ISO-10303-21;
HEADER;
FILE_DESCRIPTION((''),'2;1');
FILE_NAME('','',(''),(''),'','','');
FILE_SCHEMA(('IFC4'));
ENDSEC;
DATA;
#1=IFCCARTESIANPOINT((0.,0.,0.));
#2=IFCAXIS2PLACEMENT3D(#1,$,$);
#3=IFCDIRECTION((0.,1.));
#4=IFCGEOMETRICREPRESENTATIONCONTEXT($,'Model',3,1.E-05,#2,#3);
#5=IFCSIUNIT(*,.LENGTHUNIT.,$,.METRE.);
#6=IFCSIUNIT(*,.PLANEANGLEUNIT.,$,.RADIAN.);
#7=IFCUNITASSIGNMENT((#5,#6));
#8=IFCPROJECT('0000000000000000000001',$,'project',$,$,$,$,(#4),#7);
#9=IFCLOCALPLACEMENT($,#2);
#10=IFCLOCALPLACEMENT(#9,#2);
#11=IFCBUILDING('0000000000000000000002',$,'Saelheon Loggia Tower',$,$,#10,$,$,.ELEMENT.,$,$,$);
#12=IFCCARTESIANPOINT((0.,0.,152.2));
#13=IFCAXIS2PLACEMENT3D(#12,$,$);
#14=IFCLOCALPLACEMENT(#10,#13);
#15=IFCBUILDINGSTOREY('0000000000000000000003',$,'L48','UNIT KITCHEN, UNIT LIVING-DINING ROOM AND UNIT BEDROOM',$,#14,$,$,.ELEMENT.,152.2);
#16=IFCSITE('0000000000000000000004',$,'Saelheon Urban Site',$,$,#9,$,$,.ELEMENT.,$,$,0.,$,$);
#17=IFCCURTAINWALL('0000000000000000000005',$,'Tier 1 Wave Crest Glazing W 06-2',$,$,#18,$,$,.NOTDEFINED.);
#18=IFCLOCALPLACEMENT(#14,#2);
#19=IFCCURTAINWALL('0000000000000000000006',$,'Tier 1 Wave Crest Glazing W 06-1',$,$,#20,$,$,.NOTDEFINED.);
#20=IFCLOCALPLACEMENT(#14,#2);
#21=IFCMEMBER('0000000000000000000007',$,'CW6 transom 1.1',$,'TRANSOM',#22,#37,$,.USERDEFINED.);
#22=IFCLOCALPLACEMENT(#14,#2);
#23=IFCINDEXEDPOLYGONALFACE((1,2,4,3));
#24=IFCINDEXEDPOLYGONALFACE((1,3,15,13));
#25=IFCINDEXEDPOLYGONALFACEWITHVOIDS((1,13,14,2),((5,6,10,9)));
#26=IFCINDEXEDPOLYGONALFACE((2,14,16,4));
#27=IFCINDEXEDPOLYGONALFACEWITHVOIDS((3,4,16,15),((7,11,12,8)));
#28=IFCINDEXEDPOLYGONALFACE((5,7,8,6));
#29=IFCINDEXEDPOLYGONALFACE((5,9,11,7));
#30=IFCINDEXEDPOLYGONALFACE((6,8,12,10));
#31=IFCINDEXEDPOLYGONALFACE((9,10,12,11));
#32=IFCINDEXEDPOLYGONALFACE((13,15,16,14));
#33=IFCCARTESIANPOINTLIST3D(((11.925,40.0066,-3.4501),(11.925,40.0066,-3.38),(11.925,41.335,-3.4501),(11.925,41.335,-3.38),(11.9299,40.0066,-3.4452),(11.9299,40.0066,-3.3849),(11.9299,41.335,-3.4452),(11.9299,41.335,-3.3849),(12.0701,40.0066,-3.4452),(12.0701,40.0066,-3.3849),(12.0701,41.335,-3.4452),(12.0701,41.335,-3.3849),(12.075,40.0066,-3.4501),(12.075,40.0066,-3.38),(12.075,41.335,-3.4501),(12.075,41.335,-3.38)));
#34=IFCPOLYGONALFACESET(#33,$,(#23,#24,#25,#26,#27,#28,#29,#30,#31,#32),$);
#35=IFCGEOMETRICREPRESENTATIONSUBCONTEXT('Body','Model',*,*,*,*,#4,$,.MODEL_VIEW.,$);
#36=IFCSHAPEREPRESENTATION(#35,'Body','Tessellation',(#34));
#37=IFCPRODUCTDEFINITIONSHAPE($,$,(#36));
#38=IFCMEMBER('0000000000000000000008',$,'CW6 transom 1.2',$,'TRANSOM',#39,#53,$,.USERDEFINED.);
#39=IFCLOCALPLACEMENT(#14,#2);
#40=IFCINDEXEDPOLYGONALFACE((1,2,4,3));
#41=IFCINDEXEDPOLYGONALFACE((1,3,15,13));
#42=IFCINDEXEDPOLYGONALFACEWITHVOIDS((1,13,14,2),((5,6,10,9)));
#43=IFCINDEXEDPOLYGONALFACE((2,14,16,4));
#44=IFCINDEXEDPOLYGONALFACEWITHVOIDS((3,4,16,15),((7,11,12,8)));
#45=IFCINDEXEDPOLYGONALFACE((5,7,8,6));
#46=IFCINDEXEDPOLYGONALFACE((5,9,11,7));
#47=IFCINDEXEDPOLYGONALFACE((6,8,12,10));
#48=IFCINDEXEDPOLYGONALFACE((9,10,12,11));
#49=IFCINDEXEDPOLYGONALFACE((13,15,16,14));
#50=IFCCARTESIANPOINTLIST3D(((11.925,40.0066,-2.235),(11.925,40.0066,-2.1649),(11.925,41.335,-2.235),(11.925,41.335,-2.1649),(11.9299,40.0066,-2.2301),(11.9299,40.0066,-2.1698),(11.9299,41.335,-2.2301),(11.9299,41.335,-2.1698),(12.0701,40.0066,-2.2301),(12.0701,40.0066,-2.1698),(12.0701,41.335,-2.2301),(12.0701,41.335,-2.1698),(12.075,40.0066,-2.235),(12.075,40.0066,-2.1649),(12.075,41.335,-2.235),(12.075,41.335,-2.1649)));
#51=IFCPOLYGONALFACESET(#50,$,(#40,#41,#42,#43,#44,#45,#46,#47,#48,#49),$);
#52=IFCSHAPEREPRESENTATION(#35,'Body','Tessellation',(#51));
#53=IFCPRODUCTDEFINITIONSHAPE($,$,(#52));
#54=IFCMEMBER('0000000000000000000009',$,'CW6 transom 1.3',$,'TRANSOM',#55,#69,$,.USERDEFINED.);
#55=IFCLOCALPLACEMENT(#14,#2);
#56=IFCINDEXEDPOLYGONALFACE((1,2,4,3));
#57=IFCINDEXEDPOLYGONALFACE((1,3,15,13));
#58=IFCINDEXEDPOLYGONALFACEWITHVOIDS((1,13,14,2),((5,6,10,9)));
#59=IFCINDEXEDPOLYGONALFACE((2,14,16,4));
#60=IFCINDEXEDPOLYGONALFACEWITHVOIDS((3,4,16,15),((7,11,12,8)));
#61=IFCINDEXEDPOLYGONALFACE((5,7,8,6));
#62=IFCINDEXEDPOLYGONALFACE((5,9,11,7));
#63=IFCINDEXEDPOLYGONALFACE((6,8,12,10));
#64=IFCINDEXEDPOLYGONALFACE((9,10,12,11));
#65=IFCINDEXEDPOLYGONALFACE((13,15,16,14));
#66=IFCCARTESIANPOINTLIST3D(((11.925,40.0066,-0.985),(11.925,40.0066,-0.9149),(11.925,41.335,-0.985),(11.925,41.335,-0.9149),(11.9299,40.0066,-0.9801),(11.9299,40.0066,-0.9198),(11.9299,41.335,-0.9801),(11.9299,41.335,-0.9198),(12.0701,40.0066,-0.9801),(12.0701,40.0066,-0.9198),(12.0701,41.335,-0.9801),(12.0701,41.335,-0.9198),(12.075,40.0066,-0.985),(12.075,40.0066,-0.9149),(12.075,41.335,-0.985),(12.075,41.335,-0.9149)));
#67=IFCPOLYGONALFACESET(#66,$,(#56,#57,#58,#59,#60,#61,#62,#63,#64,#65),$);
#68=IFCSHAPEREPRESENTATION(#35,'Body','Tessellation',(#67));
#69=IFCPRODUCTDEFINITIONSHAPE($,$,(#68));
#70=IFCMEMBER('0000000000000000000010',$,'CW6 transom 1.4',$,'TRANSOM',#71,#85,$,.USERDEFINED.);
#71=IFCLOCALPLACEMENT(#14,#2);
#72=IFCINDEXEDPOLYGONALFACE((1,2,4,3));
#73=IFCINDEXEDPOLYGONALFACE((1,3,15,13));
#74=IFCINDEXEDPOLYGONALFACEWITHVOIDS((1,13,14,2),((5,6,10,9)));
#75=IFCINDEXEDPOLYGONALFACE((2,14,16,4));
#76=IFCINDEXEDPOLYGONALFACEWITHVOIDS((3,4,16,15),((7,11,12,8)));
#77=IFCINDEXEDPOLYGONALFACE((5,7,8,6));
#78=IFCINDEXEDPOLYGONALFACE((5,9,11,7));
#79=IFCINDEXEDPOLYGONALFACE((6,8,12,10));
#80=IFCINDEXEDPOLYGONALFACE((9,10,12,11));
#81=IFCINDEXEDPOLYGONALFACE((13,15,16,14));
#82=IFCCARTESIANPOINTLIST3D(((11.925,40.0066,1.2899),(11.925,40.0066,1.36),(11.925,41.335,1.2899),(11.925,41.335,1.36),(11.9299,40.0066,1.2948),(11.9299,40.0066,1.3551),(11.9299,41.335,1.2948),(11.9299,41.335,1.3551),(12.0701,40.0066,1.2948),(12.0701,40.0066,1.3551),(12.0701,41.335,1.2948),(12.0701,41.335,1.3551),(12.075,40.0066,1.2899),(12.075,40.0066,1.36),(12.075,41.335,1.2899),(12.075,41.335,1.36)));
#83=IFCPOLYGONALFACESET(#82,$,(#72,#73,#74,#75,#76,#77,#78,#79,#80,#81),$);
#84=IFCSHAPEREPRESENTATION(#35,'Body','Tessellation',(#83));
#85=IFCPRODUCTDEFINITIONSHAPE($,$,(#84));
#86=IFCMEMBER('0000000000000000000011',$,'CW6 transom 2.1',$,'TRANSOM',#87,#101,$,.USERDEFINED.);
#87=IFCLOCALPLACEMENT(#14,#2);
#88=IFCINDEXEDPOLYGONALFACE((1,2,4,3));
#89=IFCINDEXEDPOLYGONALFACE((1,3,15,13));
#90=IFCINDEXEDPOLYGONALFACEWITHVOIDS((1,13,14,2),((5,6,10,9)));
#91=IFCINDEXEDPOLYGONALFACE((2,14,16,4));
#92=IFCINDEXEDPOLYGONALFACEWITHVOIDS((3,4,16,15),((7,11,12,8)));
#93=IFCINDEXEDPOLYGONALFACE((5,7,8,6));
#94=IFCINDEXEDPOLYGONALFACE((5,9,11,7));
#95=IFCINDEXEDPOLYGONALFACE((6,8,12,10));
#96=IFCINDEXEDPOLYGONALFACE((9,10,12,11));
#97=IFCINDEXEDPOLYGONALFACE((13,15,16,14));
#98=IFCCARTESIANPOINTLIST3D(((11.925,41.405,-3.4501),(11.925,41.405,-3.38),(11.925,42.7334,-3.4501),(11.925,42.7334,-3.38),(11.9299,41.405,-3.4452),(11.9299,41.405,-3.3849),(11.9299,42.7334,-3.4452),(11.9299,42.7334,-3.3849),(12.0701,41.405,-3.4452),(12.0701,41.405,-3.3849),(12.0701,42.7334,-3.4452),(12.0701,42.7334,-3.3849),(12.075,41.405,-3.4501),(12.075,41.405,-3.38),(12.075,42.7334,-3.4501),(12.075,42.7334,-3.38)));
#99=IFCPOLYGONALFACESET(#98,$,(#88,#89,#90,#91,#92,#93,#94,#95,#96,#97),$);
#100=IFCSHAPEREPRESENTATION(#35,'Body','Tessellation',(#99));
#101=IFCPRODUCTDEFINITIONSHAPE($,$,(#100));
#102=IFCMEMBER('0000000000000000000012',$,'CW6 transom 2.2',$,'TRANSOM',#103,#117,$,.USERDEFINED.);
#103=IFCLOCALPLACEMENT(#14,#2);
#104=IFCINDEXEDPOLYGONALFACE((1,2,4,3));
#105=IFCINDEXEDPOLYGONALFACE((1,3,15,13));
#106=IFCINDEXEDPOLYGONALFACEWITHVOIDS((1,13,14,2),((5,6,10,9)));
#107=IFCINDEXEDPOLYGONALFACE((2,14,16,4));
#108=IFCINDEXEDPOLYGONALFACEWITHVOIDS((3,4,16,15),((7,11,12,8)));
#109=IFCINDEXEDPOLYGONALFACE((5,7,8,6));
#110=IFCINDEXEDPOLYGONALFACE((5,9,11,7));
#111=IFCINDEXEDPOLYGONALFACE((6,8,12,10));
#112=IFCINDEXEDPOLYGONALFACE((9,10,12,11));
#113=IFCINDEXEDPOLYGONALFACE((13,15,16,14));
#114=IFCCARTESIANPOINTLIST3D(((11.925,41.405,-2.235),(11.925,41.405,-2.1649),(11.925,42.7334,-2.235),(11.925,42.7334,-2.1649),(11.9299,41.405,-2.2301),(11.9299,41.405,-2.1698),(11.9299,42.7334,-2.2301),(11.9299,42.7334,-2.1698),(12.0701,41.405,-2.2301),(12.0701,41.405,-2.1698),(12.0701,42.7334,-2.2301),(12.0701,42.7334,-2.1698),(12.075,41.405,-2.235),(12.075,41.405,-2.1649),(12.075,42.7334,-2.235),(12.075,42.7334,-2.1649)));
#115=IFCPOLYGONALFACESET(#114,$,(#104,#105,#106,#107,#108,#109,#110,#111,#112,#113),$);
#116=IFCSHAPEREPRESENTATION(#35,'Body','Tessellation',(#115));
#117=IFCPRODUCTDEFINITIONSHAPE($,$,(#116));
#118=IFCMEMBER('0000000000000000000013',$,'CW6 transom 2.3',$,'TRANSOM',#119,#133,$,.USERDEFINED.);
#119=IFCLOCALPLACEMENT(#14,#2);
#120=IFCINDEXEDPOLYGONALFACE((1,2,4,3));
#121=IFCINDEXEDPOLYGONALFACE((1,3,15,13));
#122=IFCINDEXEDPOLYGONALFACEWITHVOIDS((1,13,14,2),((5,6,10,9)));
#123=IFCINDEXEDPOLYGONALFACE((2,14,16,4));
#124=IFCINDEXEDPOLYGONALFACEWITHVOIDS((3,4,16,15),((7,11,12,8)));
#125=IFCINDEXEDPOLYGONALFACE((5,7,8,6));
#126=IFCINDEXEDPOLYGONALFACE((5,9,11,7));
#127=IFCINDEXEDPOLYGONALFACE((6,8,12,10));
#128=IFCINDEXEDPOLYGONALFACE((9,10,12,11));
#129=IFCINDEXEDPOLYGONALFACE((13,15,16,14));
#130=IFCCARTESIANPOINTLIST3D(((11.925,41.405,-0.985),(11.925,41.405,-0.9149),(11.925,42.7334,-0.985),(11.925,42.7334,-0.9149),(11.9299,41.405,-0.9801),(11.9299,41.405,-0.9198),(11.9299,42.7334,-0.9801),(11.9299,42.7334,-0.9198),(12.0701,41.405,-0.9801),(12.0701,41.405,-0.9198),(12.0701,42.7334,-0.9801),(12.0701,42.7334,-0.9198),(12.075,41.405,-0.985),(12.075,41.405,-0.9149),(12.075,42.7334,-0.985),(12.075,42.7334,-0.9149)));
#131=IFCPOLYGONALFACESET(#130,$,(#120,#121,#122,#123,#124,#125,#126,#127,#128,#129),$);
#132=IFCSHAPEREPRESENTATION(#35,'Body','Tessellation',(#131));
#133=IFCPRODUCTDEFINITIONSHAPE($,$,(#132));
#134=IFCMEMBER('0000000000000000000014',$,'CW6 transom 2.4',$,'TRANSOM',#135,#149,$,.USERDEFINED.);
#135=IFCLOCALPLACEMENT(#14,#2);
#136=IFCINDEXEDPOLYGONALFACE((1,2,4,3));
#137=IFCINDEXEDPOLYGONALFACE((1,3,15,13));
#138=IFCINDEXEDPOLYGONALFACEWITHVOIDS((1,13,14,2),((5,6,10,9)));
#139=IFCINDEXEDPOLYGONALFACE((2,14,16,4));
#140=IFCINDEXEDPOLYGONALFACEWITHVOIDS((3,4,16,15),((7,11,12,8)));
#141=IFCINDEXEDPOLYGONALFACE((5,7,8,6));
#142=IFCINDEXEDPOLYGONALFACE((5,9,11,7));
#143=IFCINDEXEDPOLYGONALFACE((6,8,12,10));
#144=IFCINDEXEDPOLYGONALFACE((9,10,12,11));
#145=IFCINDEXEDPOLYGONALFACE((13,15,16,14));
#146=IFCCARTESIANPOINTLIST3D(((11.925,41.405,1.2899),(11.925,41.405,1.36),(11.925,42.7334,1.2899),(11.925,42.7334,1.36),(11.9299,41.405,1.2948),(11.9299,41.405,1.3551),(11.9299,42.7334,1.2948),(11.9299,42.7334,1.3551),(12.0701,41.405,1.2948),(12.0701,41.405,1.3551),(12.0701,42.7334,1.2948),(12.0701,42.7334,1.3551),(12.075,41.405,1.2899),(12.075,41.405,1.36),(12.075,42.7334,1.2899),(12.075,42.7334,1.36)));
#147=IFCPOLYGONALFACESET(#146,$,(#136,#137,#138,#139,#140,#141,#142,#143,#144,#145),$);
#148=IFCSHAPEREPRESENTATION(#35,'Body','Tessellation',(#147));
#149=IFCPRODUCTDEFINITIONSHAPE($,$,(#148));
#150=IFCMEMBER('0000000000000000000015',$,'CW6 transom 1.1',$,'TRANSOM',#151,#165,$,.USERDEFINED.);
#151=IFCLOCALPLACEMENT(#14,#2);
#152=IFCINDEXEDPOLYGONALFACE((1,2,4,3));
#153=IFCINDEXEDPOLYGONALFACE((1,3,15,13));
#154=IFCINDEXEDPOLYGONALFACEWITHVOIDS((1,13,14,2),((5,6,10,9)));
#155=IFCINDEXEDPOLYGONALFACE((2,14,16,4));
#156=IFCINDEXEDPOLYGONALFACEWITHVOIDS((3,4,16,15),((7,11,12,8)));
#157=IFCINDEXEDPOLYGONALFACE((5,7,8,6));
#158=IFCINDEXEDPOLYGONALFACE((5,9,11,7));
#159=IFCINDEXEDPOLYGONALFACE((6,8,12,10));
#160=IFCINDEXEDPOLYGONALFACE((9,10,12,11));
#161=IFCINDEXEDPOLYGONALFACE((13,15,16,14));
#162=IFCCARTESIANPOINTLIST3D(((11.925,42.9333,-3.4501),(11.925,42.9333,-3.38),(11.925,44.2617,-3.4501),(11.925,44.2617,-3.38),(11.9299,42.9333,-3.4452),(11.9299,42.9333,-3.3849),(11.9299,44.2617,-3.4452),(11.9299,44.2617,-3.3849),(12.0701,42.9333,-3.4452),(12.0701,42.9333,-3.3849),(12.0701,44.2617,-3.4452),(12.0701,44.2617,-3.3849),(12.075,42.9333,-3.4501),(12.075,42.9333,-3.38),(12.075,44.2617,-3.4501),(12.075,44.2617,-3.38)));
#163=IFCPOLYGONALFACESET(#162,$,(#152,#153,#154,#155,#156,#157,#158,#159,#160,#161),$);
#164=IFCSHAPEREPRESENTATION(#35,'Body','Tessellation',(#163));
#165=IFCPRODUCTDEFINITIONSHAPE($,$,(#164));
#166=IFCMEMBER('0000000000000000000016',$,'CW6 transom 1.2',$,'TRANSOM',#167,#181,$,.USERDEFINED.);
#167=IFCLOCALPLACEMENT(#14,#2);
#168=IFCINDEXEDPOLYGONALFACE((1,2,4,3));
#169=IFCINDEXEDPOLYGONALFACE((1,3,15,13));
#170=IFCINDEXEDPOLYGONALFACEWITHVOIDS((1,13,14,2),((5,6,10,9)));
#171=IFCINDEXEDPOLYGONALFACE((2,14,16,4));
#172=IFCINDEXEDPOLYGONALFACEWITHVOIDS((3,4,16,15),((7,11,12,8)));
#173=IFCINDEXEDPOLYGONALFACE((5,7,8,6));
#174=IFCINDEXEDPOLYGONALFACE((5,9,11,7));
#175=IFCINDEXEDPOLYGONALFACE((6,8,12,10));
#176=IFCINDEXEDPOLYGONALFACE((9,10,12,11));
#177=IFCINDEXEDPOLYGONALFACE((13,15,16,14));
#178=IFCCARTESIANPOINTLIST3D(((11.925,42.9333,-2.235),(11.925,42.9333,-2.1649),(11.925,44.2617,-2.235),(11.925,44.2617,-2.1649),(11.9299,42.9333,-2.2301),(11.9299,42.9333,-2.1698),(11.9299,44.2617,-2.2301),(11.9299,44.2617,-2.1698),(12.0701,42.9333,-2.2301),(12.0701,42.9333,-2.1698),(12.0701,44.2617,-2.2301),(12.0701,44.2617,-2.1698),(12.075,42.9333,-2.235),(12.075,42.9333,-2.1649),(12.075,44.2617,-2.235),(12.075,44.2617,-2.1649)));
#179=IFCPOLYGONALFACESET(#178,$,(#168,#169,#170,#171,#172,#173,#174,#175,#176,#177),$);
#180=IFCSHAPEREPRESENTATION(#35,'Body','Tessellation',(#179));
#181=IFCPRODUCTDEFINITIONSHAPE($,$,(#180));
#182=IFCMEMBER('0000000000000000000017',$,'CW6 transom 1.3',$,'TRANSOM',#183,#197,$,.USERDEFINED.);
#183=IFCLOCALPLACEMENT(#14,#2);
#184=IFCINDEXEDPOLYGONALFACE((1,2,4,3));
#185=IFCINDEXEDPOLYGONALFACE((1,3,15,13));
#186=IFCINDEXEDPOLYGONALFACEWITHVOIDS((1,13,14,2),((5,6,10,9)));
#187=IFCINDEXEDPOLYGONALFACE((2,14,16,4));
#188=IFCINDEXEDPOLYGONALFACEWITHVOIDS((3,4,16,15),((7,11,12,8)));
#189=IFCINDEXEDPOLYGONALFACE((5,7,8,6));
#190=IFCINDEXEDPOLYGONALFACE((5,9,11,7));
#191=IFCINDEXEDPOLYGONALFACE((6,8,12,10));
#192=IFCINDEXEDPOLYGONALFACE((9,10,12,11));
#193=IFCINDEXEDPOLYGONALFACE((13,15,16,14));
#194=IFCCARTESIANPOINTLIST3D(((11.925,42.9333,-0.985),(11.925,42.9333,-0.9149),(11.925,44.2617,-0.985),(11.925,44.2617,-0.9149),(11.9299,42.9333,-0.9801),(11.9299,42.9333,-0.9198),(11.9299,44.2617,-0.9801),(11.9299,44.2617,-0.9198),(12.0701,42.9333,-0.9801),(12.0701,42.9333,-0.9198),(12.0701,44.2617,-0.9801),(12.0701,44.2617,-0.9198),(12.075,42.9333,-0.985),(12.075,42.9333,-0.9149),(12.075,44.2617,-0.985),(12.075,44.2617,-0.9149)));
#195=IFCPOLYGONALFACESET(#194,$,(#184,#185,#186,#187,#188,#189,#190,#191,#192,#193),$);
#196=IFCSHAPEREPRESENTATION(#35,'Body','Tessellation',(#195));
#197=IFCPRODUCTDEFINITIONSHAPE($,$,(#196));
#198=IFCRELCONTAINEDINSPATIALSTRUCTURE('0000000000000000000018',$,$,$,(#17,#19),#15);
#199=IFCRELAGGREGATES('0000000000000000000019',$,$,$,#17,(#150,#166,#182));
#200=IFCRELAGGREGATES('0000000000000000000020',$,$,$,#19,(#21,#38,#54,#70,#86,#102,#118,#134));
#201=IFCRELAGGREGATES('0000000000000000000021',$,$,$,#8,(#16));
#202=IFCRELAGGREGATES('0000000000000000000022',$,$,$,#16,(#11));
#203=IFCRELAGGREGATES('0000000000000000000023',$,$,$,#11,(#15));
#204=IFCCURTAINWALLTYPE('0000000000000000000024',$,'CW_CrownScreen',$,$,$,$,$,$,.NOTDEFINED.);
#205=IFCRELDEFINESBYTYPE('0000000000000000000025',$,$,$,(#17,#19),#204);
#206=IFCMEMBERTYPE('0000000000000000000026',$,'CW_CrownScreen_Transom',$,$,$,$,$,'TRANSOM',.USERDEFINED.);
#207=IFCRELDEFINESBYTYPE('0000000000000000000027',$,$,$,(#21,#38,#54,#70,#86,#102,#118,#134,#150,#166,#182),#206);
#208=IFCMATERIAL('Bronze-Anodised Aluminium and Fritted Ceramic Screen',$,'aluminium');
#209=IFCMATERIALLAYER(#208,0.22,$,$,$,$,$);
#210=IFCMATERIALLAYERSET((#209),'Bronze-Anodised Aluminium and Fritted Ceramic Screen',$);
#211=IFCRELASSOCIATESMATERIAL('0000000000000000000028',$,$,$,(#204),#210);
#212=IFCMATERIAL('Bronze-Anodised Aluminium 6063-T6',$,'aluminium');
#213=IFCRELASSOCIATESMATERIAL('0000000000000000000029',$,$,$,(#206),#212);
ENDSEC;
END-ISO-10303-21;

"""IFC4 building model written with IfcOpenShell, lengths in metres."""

from ifc_helpers import new_model, si_unit, direction, frame, origin, origin_2d, place, context, subcontext, project, spatial, hollow_rectangle, extrude, source, transform, mapped, material, layer, layer_set, material_profile, profile_set, type_object, element, aggregate, save


model = new_model("IFC4")

# Units and contexts
model_context = context("Model", 3, precision=1e-05, world=origin(), true_north=direction((0.0, 1.0)))
body_context = subcontext(model_context, "Body", "Model", "MODEL_VIEW")
ifc_project = project(units=[si_unit("LENGTHUNIT", "METRE"), si_unit("PLANEANGLEUNIT", "RADIAN")], contexts=[model_context])

# Site, building, storey
site_placement = place(None, origin())
site = spatial("IfcSite", under=ifc_project, at=site_placement, Name="Saelheon Urban Site", CompositionType="ELEMENT", RefElevation=0.0)
building_placement = place(site_placement, origin())
building = spatial("IfcBuilding", under=site, at=building_placement, Name="Saelheon Loggia Tower", CompositionType="ELEMENT")
storey_placement = place(building_placement, frame((0.0, 0.0, 152.2)))
storey = spatial("IfcBuildingStorey", under=building, at=storey_placement, Name="L48", Description="UNIT KITCHEN, UNIT LIVING-DINING ROOM AND UNIT BEDROOM", CompositionType="ELEMENT", Elevation=152.2)

# Curtain wall
ifc_material_1 = material(Name="Bronze-Anodised Aluminium and Fritted Ceramic Screen", Category="aluminium")
ifc_layer_1 = layer(ifc_material_1, 0.22)
ifc_layer_set_1 = layer_set([ifc_layer_1], Name="Bronze-Anodised Aluminium and Fritted Ceramic Screen")
curtain_wall_type = type_object("IfcCurtainWallType", Name="CW_CrownScreen", PredefinedType="NOTDEFINED", material=ifc_layer_set_1)
curtain_wall_1_placement = place(storey_placement, origin())
curtain_wall_1 = element("IfcCurtainWall", 1, at=curtain_wall_1_placement, inside=storey, type_object=curtain_wall_type, Name="Tier 1 Wave Crest Glazing W 06-2", PredefinedType="NOTDEFINED")
ifc_material_2 = material(Name="Bronze-Anodised Aluminium 6063-T6", Category="aluminium")

# Curtain wall, members
curtain_wall_2_placement = place(storey_placement, origin())
curtain_wall_2 = element("IfcCurtainWall", 2, at=curtain_wall_2_placement, inside=storey, type_object=curtain_wall_type, Name="Tier 1 Wave Crest Glazing W 06-1", PredefinedType="NOTDEFINED")
ifc_material_profile_1 = material_profile(ifc_material_2, hollow_rectangle(XDim=0.0701, YDim=0.1499, WallThickness=0.0049, at=origin_2d()), Name="RHS-150x70x5")
ifc_profile_set_1 = profile_set([ifc_material_profile_1], Name="Bronze-Anodised Aluminium 6063-T6")
member_type_1 = type_object("IfcMemberType", Name="CW_CrownScreen_Transom", ElementType="TRANSOM", PredefinedType="USERDEFINED", material=ifc_profile_set_1)
shared_shape_1 = source(origin(), body_context, "Body", "SweptSolid", [
    extrude(hollow_rectangle(XDim=0.0701, YDim=0.1499, WallThickness=0.0049, at=origin_2d()), origin(), (0.0, 0.0, 1.0), 1.3284),
])
member_1_placement = place(storey_placement, frame((12.0, 40.0066, -3.415), z_axis=(0.0, 1.0, 0.0), x_axis=(0.0, 0.0, 1.0)))
member_1 = element("IfcMember", 3, at=member_1_placement, type_object=member_type_1, Name="CW6 transom 1.1", ObjectType="TRANSOM", PredefinedType="USERDEFINED", context=body_context, shape_type="MappedRepresentation", body=[
    mapped(shared_shape_1, transform((0.0, 0.0, 0.0), scale=1.0)),
])
member_2_placement = place(storey_placement, frame((12.0, 40.0066, -2.2), z_axis=(0.0, 1.0, 0.0), x_axis=(0.0, 0.0, 1.0)))
member_2 = element("IfcMember", 4, at=member_2_placement, type_object=member_type_1, Name="CW6 transom 1.2", ObjectType="TRANSOM", PredefinedType="USERDEFINED", context=body_context, shape_type="MappedRepresentation", body=[
    mapped(shared_shape_1, transform((0.0, 0.0, 0.0), scale=1.0)),
])
member_3_placement = place(storey_placement, frame((12.0, 40.0066, -0.95), z_axis=(0.0, 1.0, 0.0), x_axis=(0.0, 0.0, 1.0)))
member_3 = element("IfcMember", 5, at=member_3_placement, type_object=member_type_1, Name="CW6 transom 1.3", ObjectType="TRANSOM", PredefinedType="USERDEFINED", context=body_context, shape_type="MappedRepresentation", body=[
    mapped(shared_shape_1, transform((0.0, 0.0, 0.0), scale=1.0)),
])
member_4_placement = place(storey_placement, frame((12.0, 40.0066, 1.325), z_axis=(0.0, 1.0, 0.0), x_axis=(0.0, 0.0, 1.0)))
member_4 = element("IfcMember", 6, at=member_4_placement, type_object=member_type_1, Name="CW6 transom 1.4", ObjectType="TRANSOM", PredefinedType="USERDEFINED", context=body_context, shape_type="MappedRepresentation", body=[
    mapped(shared_shape_1, transform((0.0, 0.0, 0.0), scale=1.0)),
])
member_5_placement = place(storey_placement, frame((12.0, 41.405, -3.415), z_axis=(0.0, 1.0, 0.0), x_axis=(0.0, 0.0, 1.0)))
member_5 = element("IfcMember", 7, at=member_5_placement, type_object=member_type_1, Name="CW6 transom 2.1", ObjectType="TRANSOM", PredefinedType="USERDEFINED", context=body_context, shape_type="MappedRepresentation", body=[
    mapped(shared_shape_1, transform((0.0, 0.0, 0.0), scale=1.0)),
])
member_6_placement = place(storey_placement, frame((12.0, 41.405, -2.2), z_axis=(0.0, 1.0, 0.0), x_axis=(0.0, 0.0, 1.0)))
member_6 = element("IfcMember", 8, at=member_6_placement, type_object=member_type_1, Name="CW6 transom 2.2", ObjectType="TRANSOM", PredefinedType="USERDEFINED", context=body_context, shape_type="MappedRepresentation", body=[
    mapped(shared_shape_1, transform((0.0, 0.0, 0.0), scale=1.0)),
])
member_7_placement = place(storey_placement, frame((12.0, 41.405, -0.95), z_axis=(0.0, 1.0, 0.0), x_axis=(0.0, 0.0, 1.0)))
member_7 = element("IfcMember", 9, at=member_7_placement, type_object=member_type_1, Name="CW6 transom 2.3", ObjectType="TRANSOM", PredefinedType="USERDEFINED", context=body_context, shape_type="MappedRepresentation", body=[
    mapped(shared_shape_1, transform((0.0, 0.0, 0.0), scale=1.0)),
])
member_8_placement = place(storey_placement, frame((12.0, 41.405, 1.325), z_axis=(0.0, 1.0, 0.0), x_axis=(0.0, 0.0, 1.0)))
member_8 = element("IfcMember", 10, at=member_8_placement, type_object=member_type_1, Name="CW6 transom 2.4", ObjectType="TRANSOM", PredefinedType="USERDEFINED", context=body_context, shape_type="MappedRepresentation", body=[
    mapped(shared_shape_1, transform((0.0, 0.0, 0.0), scale=1.0)),
])

# Members
member_9_placement = place(storey_placement, frame((12.0, 42.9333, -3.415), z_axis=(0.0, 1.0, 0.0), x_axis=(0.0, 0.0, 1.0)))
member_9 = element("IfcMember", 11, at=member_9_placement, type_object=member_type_1, Name="CW6 transom 1.1", ObjectType="TRANSOM", PredefinedType="USERDEFINED", context=body_context, shape_type="MappedRepresentation", body=[
    mapped(shared_shape_1, transform((0.0, 0.0, 0.0), scale=1.0)),
])
member_10_placement = place(storey_placement, frame((12.0, 42.9333, -2.2), z_axis=(0.0, 1.0, 0.0), x_axis=(0.0, 0.0, 1.0)))
member_10 = element("IfcMember", 12, at=member_10_placement, type_object=member_type_1, Name="CW6 transom 1.2", ObjectType="TRANSOM", PredefinedType="USERDEFINED", context=body_context, shape_type="MappedRepresentation", body=[
    mapped(shared_shape_1, transform((0.0, 0.0, 0.0), scale=1.0)),
])
member_11_placement = place(storey_placement, frame((12.0, 42.9333, -0.95), z_axis=(0.0, 1.0, 0.0), x_axis=(0.0, 0.0, 1.0)))
member_11 = element("IfcMember", 13, at=member_11_placement, type_object=member_type_1, Name="CW6 transom 1.3", ObjectType="TRANSOM", PredefinedType="USERDEFINED", context=body_context, shape_type="MappedRepresentation", body=[
    mapped(shared_shape_1, transform((0.0, 0.0, 0.0), scale=1.0)),
])

aggregate(curtain_wall_1, [member_9, member_10, member_11])
aggregate(curtain_wall_2, [member_1, member_2, member_3, member_4, member_5, member_6, member_7, member_8])

save(model, "model.ifc")
